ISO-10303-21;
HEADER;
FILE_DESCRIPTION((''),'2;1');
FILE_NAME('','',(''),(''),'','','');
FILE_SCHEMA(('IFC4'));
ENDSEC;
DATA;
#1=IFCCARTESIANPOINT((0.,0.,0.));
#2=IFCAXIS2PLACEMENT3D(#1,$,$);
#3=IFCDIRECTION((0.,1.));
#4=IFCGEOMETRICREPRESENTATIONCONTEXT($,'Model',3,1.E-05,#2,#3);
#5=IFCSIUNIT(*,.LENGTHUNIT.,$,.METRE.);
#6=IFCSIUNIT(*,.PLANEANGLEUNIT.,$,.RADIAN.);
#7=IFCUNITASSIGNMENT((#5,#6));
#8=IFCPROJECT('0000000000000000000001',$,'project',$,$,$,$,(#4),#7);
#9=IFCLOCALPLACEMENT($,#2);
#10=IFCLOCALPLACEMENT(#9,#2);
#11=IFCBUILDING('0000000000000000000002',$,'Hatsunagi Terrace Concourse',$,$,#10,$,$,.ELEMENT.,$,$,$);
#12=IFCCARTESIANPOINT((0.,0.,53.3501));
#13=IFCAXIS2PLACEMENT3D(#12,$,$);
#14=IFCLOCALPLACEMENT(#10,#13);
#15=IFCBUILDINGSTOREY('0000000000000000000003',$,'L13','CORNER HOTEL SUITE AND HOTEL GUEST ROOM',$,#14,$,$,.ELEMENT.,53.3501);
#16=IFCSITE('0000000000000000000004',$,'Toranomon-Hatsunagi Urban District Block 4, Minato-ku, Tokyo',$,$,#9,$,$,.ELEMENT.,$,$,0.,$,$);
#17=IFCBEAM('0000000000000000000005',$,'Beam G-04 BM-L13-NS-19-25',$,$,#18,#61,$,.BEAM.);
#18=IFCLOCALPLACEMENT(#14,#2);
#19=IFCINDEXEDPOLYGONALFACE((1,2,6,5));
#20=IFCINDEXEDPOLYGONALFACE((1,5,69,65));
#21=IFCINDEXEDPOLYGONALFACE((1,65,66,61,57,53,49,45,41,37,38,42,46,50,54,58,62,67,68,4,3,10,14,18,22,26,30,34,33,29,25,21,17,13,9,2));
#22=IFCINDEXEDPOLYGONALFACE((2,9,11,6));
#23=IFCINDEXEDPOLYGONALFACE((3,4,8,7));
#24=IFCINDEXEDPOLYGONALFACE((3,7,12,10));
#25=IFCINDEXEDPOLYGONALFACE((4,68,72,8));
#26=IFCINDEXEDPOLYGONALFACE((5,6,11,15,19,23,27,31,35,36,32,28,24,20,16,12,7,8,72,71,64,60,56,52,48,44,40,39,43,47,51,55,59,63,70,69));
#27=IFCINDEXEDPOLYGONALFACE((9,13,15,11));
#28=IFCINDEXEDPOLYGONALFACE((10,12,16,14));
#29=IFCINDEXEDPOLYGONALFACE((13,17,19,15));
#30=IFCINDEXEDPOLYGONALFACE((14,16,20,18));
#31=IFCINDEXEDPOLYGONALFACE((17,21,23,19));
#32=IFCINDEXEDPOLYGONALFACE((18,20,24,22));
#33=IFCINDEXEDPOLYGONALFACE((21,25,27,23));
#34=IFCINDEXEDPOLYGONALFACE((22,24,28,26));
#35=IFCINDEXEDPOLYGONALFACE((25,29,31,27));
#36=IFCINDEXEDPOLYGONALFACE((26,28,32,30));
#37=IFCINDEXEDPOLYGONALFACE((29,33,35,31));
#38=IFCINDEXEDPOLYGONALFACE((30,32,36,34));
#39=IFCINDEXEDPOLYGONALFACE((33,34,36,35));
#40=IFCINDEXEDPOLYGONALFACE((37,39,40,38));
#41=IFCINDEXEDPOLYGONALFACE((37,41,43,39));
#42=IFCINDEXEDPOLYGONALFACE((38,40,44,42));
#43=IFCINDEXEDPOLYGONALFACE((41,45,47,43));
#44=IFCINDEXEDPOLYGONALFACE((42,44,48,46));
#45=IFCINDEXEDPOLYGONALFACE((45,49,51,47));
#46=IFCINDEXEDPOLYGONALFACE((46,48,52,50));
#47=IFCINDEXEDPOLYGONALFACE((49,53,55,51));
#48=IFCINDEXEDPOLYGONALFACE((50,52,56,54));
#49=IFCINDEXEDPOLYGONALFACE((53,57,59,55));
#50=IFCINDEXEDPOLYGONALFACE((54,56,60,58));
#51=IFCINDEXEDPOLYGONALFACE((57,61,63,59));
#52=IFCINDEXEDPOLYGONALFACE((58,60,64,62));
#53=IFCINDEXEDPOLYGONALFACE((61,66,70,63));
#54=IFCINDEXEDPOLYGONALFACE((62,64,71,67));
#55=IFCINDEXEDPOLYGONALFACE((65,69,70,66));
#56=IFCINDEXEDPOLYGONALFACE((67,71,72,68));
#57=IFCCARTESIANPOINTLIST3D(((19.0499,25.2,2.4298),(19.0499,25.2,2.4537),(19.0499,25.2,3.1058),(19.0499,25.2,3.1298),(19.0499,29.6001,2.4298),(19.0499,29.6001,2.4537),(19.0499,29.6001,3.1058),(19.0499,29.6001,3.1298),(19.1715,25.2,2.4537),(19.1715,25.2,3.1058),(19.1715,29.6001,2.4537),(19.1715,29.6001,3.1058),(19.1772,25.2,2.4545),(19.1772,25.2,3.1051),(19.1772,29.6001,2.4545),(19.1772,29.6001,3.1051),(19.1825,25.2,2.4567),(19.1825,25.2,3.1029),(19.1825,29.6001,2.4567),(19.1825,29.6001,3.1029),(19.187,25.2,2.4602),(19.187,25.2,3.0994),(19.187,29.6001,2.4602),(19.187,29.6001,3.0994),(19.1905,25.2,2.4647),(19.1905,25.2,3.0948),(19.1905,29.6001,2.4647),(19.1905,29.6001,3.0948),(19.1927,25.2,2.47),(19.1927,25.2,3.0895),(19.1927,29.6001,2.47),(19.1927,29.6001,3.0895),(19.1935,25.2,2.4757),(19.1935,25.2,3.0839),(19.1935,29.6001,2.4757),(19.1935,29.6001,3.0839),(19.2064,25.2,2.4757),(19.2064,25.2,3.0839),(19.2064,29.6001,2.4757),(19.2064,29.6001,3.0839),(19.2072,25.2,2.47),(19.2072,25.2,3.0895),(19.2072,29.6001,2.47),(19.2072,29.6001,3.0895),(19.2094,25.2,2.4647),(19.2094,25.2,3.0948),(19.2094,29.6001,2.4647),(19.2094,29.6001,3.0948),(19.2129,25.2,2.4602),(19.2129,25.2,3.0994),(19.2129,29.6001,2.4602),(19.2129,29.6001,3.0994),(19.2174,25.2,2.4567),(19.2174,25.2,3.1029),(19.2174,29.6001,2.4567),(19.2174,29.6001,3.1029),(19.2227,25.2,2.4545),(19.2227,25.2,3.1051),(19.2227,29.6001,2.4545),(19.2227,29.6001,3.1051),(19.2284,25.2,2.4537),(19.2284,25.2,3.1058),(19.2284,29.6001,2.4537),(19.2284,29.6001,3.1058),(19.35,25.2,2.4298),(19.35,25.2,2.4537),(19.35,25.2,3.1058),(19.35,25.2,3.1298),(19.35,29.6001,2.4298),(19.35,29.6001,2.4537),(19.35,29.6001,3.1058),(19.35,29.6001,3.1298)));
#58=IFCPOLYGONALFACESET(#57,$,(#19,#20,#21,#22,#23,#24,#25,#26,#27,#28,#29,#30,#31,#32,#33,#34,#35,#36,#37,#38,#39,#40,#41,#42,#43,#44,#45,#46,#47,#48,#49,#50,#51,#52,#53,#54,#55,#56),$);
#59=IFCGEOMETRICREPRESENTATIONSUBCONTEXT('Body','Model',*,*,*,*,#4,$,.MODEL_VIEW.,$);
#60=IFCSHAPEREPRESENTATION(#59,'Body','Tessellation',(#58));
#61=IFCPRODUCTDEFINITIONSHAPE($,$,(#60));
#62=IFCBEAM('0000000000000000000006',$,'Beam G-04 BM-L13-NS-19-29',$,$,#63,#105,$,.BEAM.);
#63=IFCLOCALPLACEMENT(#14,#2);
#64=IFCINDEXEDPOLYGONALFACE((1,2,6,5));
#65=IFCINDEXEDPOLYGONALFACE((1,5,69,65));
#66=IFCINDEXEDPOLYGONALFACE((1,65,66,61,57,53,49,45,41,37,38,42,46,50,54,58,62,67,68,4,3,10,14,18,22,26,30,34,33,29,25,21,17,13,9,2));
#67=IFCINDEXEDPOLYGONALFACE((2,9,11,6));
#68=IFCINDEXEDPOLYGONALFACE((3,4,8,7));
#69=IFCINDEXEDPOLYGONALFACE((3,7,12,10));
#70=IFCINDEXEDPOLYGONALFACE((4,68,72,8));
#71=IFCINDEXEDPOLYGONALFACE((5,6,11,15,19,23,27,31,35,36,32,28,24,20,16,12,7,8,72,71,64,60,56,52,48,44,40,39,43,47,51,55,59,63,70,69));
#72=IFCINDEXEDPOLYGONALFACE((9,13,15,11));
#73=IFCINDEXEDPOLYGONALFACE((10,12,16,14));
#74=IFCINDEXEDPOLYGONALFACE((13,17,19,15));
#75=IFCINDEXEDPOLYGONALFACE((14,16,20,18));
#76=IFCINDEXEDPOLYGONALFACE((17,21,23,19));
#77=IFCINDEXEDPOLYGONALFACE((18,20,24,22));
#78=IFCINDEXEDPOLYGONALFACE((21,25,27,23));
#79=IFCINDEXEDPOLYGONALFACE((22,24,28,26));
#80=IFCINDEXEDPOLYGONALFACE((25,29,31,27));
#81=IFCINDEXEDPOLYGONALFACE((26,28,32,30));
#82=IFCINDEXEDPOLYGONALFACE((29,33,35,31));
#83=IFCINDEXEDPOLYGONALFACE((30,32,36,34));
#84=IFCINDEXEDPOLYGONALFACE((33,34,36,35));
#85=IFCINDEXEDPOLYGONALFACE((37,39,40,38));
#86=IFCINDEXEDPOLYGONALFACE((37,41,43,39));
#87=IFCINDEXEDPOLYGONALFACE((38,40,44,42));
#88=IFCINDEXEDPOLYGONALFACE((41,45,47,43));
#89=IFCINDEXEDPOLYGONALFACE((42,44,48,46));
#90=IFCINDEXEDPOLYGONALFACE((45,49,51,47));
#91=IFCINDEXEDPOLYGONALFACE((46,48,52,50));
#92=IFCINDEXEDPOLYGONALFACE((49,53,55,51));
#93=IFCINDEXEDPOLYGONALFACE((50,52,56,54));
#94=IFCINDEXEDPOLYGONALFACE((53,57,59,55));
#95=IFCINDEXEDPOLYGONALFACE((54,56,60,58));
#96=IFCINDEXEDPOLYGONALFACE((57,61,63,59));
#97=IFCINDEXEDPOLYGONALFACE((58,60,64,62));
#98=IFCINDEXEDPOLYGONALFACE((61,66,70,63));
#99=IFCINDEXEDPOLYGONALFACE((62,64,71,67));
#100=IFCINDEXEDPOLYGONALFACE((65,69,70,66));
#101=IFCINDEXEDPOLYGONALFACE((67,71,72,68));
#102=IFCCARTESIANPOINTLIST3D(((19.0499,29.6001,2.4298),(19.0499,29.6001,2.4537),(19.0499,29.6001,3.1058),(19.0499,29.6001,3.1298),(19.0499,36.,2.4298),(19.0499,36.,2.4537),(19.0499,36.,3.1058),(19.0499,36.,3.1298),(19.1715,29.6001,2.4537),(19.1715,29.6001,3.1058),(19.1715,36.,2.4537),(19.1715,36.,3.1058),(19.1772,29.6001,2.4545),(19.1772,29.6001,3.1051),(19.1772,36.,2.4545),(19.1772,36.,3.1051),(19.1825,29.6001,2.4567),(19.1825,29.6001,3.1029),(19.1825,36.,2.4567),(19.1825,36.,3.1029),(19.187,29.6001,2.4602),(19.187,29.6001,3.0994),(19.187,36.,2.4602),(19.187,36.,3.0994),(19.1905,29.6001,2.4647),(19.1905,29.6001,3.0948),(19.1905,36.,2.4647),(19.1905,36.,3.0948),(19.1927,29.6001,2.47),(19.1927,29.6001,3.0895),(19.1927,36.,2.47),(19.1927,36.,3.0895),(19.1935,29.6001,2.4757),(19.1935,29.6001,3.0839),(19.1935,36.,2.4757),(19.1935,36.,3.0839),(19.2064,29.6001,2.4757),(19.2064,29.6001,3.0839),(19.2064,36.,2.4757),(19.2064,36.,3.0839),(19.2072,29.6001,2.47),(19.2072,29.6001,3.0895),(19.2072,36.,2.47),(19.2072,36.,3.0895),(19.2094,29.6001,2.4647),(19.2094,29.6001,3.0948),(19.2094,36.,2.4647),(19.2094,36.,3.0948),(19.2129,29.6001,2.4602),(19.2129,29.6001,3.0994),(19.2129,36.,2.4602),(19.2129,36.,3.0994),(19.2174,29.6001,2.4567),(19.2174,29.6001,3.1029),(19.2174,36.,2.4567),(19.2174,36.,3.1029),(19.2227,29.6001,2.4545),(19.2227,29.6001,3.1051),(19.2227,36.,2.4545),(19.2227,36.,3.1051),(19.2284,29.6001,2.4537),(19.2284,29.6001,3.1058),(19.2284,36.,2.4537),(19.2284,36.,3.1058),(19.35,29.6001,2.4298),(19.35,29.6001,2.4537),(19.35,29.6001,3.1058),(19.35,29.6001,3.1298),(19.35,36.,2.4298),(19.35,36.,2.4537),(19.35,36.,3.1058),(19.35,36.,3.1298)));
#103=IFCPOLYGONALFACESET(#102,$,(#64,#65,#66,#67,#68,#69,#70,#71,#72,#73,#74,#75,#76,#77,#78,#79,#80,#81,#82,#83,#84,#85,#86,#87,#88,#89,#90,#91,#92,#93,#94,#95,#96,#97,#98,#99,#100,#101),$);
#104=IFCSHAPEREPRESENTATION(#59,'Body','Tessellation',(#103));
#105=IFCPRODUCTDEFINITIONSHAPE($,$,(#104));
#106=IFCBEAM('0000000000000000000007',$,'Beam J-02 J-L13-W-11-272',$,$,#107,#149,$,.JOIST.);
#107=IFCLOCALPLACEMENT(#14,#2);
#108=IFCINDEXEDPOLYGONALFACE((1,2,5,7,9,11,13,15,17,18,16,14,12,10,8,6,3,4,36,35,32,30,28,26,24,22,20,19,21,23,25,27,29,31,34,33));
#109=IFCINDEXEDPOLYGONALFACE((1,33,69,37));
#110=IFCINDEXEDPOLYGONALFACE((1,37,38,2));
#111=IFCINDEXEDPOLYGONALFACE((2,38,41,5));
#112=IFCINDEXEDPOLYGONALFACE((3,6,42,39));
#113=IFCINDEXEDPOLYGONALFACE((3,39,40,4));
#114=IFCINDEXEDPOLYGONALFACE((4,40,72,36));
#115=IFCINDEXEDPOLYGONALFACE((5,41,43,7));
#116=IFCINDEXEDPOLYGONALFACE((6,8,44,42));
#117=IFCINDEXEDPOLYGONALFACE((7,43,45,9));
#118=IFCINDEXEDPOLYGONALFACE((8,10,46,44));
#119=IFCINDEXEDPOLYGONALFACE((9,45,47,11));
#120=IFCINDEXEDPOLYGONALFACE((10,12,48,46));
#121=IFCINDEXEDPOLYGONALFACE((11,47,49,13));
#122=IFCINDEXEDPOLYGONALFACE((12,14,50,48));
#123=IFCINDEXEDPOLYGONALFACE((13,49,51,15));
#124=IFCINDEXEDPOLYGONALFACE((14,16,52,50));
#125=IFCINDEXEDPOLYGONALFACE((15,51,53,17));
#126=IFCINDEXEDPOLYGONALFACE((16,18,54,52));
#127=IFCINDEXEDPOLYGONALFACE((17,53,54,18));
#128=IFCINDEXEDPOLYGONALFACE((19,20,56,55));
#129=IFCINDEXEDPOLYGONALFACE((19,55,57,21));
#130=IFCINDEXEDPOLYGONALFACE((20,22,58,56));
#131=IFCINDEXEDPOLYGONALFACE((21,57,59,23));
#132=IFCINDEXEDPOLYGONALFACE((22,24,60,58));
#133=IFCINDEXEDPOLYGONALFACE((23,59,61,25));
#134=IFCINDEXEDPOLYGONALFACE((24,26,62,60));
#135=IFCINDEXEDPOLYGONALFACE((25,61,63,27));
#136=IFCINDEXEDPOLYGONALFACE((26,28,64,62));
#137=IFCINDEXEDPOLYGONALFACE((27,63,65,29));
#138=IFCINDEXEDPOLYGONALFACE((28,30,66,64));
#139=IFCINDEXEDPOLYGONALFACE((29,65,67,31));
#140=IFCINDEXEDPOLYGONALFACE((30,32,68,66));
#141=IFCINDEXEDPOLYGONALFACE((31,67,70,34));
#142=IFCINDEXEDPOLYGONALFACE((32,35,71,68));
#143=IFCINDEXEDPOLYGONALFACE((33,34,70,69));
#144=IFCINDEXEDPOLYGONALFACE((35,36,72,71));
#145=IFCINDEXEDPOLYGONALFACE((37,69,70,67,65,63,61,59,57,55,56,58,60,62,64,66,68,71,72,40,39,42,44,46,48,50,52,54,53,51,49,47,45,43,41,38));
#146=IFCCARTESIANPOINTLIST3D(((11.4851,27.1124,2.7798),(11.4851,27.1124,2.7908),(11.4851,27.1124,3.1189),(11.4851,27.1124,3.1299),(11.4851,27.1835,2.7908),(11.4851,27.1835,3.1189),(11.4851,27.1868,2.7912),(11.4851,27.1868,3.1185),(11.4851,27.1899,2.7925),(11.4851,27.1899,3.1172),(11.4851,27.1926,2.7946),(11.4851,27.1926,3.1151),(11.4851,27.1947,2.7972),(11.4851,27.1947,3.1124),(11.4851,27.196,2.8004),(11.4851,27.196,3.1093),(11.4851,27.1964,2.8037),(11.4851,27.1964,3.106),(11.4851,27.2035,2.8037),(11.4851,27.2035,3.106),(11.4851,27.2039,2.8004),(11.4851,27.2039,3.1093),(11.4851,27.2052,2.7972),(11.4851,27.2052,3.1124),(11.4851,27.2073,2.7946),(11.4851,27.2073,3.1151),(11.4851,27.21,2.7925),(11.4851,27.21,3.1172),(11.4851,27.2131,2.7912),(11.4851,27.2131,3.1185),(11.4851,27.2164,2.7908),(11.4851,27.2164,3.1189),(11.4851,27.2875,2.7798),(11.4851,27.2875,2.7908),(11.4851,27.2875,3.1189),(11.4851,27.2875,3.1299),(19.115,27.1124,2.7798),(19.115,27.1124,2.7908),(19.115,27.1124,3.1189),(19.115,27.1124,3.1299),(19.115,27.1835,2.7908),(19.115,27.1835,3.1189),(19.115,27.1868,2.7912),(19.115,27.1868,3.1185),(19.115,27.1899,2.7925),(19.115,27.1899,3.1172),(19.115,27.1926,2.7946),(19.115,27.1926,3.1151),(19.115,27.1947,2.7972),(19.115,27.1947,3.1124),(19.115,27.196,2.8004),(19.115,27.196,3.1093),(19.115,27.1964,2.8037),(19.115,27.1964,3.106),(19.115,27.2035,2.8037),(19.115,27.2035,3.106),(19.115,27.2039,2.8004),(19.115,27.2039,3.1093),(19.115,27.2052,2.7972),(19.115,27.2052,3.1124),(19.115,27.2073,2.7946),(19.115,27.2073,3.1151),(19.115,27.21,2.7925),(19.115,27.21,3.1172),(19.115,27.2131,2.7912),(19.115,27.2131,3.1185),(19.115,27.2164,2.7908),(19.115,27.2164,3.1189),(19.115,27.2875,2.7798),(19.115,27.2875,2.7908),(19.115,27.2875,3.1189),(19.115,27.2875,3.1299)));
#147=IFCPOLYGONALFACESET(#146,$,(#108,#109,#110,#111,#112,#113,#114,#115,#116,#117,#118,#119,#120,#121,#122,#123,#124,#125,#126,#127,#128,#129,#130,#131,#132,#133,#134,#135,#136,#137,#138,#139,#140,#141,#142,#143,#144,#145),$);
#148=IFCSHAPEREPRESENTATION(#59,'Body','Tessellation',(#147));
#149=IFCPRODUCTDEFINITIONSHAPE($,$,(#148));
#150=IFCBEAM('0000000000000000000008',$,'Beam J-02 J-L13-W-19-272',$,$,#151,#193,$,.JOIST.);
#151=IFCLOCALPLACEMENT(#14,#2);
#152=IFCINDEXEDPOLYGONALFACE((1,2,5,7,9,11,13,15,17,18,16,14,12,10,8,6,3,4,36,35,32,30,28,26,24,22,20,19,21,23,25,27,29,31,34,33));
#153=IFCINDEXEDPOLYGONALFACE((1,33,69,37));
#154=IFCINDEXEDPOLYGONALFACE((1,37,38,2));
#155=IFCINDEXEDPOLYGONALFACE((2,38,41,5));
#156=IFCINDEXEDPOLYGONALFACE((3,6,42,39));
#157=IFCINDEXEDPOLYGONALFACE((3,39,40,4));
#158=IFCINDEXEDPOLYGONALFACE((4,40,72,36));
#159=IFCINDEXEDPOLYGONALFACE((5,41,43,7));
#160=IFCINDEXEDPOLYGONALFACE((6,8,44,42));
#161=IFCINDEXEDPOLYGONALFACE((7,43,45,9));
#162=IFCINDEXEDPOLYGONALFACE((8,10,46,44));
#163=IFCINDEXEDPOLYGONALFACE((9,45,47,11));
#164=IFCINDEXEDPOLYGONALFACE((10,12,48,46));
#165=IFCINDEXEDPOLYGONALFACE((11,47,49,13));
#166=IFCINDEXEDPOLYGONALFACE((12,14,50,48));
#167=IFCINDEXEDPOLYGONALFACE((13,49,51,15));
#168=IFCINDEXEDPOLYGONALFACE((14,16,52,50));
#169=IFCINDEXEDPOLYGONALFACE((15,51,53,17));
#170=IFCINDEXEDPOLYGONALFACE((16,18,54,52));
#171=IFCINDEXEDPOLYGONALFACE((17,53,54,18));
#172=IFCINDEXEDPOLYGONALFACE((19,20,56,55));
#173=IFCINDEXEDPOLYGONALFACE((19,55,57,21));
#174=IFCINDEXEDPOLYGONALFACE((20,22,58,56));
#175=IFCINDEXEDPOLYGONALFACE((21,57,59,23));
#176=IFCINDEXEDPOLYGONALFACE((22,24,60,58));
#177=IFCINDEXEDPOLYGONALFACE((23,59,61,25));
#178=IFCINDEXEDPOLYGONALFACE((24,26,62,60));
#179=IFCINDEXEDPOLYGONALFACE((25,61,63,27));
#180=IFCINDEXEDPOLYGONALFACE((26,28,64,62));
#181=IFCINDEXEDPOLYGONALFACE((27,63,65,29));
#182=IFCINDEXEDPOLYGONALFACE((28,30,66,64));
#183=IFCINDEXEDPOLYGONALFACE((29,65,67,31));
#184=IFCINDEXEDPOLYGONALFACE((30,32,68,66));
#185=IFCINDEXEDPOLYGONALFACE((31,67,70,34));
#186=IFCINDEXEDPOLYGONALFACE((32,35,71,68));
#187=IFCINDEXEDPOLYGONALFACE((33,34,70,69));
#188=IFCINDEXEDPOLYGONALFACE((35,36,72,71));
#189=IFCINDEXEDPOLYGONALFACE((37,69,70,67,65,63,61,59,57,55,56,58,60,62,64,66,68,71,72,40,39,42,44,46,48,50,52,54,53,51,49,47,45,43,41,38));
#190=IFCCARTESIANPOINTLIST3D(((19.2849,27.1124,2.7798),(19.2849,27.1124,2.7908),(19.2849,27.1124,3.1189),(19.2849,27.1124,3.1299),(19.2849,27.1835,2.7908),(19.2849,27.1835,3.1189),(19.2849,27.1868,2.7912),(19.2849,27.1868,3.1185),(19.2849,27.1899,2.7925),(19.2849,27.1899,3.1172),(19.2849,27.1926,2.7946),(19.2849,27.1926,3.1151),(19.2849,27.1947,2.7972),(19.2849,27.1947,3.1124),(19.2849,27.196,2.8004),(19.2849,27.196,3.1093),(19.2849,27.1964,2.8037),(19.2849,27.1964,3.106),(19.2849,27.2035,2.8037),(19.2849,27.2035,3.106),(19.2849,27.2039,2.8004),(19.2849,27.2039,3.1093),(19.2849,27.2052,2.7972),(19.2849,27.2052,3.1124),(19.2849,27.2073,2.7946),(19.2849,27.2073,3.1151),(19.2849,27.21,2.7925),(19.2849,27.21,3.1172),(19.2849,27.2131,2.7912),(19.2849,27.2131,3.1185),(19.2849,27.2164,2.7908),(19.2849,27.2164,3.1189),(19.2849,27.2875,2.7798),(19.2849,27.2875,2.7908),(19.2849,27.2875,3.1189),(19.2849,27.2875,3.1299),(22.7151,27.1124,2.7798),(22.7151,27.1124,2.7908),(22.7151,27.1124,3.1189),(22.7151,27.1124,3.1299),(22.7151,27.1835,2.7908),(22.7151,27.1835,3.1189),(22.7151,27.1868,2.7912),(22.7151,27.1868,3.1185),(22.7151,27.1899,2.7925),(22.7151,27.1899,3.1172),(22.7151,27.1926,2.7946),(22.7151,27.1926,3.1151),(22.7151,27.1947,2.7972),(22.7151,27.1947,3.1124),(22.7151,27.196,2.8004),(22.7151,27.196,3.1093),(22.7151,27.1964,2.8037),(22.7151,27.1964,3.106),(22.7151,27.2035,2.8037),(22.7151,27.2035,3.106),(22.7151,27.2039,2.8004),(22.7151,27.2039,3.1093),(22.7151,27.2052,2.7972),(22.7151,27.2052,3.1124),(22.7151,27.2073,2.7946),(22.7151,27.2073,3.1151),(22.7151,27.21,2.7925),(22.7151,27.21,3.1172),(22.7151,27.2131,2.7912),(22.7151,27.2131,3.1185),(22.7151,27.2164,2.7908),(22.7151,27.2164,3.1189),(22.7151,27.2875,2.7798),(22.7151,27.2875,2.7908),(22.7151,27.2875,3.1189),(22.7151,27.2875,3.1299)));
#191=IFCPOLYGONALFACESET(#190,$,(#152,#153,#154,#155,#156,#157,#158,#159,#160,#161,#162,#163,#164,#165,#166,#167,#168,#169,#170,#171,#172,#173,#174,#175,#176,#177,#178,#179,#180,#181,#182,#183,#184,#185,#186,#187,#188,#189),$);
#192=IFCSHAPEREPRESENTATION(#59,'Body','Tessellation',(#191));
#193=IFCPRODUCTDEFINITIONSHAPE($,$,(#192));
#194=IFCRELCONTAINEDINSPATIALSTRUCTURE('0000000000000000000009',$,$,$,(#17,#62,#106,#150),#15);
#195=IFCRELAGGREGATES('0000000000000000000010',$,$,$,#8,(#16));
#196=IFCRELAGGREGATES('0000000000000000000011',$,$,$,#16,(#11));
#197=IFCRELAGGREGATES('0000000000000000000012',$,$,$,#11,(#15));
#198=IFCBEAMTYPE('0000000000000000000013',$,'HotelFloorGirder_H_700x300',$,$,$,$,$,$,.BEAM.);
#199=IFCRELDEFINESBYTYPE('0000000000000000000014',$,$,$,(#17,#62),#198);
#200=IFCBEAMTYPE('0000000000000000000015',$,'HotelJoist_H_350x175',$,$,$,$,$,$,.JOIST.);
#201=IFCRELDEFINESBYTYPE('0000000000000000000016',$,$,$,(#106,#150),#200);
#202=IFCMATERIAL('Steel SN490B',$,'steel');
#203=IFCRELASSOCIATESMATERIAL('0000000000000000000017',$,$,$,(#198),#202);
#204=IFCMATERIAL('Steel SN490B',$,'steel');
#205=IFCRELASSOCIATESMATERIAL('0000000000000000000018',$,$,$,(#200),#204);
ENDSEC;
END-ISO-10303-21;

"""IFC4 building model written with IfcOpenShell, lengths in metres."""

from ifc_helpers import new_model, si_unit, direction, frame, origin, origin_2d, place, context, subcontext, project, spatial, i_section, extrude, material, material_profile, profile_set, type_object, element, save


model = new_model("IFC4")

# Units and contexts
model_context = context("Model", 3, precision=1e-05, world=origin(), true_north=direction((0.0, 1.0)))
body_context = subcontext(model_context, "Body", "Model", "MODEL_VIEW")
ifc_project = project(units=[si_unit("LENGTHUNIT", "METRE"), si_unit("PLANEANGLEUNIT", "RADIAN")], contexts=[model_context])

# Site, building, storey
site_placement = place(None, origin())
site = spatial("IfcSite", under=ifc_project, at=site_placement, Name="Toranomon-Hatsunagi Urban District Block 4, Minato-ku, Tokyo", CompositionType="ELEMENT", RefElevation=0.0)
building_placement = place(site_placement, origin())
building = spatial("IfcBuilding", under=site, at=building_placement, Name="Hatsunagi Terrace Concourse", CompositionType="ELEMENT")
storey_placement = place(building_placement, frame((0.0, 0.0, 53.3501)))
storey = spatial("IfcBuildingStorey", under=building, at=storey_placement, Name="L13", Description="CORNER HOTEL SUITE AND HOTEL GUEST ROOM", CompositionType="ELEMENT", Elevation=53.3501)

# Beams
ifc_material_1 = material(Name="Steel SN490B", Category="steel")
ifc_material_profile_1 = material_profile(ifc_material_1, i_section(OverallWidth=0.3, OverallDepth=0.7, WebThickness=0.0129, FlangeThickness=0.0239, FilletRadius=0.022, at=origin_2d()), Name="H-700x300x13x24")
ifc_profile_set_1 = profile_set([ifc_material_profile_1], Name="Steel SN490B")
beam_type_1 = type_object("IfcBeamType", Name="HotelFloorGirder_H_700x300", PredefinedType="BEAM", material=ifc_profile_set_1)
beam_1_placement = place(storey_placement, frame((19.2, 25.2, 2.7798), z_axis=(0.0, 1.0, 0.0), x_axis=(-1.0, 0.0, 0.0)))
element("IfcBeam", 1, at=beam_1_placement, inside=storey, type_object=beam_type_1, Name="Beam G-04 BM-L13-NS-19-25", PredefinedType="BEAM", context=body_context, shape_type="SweptSolid", body=[
    extrude(i_section(OverallWidth=0.3, OverallDepth=0.7, WebThickness=0.0129, FlangeThickness=0.0239, FilletRadius=0.022, at=origin_2d()), origin(), (0.0, 0.0, 1.0), 4.4001),
])
beam_2_placement = place(storey_placement, frame((19.2, 29.6001, 2.7798), z_axis=(0.0, 1.0, 0.0), x_axis=(-1.0, 0.0, 0.0)))
element("IfcBeam", 2, at=beam_2_placement, inside=storey, type_object=beam_type_1, Name="Beam G-04 BM-L13-NS-19-29", PredefinedType="BEAM", context=body_context, shape_type="SweptSolid", body=[
    extrude(i_section(OverallWidth=0.3, OverallDepth=0.7, WebThickness=0.0129, FlangeThickness=0.0239, FilletRadius=0.022, at=origin_2d()), origin(), (0.0, 0.0, 1.0), 6.3999),
])
ifc_material_2 = material(Name="Steel SN490B", Category="steel")
ifc_material_profile_2 = material_profile(ifc_material_2, i_section(OverallWidth=0.175, OverallDepth=0.3501, WebThickness=0.0071, FlangeThickness=0.011, FilletRadius=0.0129, at=origin_2d()), Name="H-350x175x7x11")
ifc_profile_set_2 = profile_set([ifc_material_profile_2], Name="Steel SN490B")
beam_type_2 = type_object("IfcBeamType", Name="HotelJoist_H_350x175", PredefinedType="JOIST", material=ifc_profile_set_2)
beam_3_placement = place(storey_placement, frame((11.4851, 27.2, 2.9548), z_axis=(1.0, 0.0, 0.0), x_axis=(0.0, 1.0, 0.0)))
element("IfcBeam", 3, at=beam_3_placement, inside=storey, type_object=beam_type_2, Name="Beam J-02 J-L13-W-11-272", PredefinedType="JOIST", context=body_context, shape_type="SweptSolid", body=[
    extrude(i_section(OverallWidth=0.175, OverallDepth=0.3501, WebThickness=0.0071, FlangeThickness=0.011, FilletRadius=0.0129, at=origin_2d()), origin(), (0.0, 0.0, 1.0), 7.6299),
])
beam_4_placement = place(storey_placement, frame((19.2849, 27.2, 2.9548), z_axis=(1.0, 0.0, 0.0), x_axis=(0.0, 1.0, 0.0)))
element("IfcBeam", 4, at=beam_4_placement, inside=storey, type_object=beam_type_2, Name="Beam J-02 J-L13-W-19-272", PredefinedType="JOIST", context=body_context, shape_type="SweptSolid", body=[
    extrude(i_section(OverallWidth=0.175, OverallDepth=0.3501, WebThickness=0.0071, FlangeThickness=0.011, FilletRadius=0.0129, at=origin_2d()), origin(), (0.0, 0.0, 1.0), 3.4302),
])

save(model, "model.ifc")
